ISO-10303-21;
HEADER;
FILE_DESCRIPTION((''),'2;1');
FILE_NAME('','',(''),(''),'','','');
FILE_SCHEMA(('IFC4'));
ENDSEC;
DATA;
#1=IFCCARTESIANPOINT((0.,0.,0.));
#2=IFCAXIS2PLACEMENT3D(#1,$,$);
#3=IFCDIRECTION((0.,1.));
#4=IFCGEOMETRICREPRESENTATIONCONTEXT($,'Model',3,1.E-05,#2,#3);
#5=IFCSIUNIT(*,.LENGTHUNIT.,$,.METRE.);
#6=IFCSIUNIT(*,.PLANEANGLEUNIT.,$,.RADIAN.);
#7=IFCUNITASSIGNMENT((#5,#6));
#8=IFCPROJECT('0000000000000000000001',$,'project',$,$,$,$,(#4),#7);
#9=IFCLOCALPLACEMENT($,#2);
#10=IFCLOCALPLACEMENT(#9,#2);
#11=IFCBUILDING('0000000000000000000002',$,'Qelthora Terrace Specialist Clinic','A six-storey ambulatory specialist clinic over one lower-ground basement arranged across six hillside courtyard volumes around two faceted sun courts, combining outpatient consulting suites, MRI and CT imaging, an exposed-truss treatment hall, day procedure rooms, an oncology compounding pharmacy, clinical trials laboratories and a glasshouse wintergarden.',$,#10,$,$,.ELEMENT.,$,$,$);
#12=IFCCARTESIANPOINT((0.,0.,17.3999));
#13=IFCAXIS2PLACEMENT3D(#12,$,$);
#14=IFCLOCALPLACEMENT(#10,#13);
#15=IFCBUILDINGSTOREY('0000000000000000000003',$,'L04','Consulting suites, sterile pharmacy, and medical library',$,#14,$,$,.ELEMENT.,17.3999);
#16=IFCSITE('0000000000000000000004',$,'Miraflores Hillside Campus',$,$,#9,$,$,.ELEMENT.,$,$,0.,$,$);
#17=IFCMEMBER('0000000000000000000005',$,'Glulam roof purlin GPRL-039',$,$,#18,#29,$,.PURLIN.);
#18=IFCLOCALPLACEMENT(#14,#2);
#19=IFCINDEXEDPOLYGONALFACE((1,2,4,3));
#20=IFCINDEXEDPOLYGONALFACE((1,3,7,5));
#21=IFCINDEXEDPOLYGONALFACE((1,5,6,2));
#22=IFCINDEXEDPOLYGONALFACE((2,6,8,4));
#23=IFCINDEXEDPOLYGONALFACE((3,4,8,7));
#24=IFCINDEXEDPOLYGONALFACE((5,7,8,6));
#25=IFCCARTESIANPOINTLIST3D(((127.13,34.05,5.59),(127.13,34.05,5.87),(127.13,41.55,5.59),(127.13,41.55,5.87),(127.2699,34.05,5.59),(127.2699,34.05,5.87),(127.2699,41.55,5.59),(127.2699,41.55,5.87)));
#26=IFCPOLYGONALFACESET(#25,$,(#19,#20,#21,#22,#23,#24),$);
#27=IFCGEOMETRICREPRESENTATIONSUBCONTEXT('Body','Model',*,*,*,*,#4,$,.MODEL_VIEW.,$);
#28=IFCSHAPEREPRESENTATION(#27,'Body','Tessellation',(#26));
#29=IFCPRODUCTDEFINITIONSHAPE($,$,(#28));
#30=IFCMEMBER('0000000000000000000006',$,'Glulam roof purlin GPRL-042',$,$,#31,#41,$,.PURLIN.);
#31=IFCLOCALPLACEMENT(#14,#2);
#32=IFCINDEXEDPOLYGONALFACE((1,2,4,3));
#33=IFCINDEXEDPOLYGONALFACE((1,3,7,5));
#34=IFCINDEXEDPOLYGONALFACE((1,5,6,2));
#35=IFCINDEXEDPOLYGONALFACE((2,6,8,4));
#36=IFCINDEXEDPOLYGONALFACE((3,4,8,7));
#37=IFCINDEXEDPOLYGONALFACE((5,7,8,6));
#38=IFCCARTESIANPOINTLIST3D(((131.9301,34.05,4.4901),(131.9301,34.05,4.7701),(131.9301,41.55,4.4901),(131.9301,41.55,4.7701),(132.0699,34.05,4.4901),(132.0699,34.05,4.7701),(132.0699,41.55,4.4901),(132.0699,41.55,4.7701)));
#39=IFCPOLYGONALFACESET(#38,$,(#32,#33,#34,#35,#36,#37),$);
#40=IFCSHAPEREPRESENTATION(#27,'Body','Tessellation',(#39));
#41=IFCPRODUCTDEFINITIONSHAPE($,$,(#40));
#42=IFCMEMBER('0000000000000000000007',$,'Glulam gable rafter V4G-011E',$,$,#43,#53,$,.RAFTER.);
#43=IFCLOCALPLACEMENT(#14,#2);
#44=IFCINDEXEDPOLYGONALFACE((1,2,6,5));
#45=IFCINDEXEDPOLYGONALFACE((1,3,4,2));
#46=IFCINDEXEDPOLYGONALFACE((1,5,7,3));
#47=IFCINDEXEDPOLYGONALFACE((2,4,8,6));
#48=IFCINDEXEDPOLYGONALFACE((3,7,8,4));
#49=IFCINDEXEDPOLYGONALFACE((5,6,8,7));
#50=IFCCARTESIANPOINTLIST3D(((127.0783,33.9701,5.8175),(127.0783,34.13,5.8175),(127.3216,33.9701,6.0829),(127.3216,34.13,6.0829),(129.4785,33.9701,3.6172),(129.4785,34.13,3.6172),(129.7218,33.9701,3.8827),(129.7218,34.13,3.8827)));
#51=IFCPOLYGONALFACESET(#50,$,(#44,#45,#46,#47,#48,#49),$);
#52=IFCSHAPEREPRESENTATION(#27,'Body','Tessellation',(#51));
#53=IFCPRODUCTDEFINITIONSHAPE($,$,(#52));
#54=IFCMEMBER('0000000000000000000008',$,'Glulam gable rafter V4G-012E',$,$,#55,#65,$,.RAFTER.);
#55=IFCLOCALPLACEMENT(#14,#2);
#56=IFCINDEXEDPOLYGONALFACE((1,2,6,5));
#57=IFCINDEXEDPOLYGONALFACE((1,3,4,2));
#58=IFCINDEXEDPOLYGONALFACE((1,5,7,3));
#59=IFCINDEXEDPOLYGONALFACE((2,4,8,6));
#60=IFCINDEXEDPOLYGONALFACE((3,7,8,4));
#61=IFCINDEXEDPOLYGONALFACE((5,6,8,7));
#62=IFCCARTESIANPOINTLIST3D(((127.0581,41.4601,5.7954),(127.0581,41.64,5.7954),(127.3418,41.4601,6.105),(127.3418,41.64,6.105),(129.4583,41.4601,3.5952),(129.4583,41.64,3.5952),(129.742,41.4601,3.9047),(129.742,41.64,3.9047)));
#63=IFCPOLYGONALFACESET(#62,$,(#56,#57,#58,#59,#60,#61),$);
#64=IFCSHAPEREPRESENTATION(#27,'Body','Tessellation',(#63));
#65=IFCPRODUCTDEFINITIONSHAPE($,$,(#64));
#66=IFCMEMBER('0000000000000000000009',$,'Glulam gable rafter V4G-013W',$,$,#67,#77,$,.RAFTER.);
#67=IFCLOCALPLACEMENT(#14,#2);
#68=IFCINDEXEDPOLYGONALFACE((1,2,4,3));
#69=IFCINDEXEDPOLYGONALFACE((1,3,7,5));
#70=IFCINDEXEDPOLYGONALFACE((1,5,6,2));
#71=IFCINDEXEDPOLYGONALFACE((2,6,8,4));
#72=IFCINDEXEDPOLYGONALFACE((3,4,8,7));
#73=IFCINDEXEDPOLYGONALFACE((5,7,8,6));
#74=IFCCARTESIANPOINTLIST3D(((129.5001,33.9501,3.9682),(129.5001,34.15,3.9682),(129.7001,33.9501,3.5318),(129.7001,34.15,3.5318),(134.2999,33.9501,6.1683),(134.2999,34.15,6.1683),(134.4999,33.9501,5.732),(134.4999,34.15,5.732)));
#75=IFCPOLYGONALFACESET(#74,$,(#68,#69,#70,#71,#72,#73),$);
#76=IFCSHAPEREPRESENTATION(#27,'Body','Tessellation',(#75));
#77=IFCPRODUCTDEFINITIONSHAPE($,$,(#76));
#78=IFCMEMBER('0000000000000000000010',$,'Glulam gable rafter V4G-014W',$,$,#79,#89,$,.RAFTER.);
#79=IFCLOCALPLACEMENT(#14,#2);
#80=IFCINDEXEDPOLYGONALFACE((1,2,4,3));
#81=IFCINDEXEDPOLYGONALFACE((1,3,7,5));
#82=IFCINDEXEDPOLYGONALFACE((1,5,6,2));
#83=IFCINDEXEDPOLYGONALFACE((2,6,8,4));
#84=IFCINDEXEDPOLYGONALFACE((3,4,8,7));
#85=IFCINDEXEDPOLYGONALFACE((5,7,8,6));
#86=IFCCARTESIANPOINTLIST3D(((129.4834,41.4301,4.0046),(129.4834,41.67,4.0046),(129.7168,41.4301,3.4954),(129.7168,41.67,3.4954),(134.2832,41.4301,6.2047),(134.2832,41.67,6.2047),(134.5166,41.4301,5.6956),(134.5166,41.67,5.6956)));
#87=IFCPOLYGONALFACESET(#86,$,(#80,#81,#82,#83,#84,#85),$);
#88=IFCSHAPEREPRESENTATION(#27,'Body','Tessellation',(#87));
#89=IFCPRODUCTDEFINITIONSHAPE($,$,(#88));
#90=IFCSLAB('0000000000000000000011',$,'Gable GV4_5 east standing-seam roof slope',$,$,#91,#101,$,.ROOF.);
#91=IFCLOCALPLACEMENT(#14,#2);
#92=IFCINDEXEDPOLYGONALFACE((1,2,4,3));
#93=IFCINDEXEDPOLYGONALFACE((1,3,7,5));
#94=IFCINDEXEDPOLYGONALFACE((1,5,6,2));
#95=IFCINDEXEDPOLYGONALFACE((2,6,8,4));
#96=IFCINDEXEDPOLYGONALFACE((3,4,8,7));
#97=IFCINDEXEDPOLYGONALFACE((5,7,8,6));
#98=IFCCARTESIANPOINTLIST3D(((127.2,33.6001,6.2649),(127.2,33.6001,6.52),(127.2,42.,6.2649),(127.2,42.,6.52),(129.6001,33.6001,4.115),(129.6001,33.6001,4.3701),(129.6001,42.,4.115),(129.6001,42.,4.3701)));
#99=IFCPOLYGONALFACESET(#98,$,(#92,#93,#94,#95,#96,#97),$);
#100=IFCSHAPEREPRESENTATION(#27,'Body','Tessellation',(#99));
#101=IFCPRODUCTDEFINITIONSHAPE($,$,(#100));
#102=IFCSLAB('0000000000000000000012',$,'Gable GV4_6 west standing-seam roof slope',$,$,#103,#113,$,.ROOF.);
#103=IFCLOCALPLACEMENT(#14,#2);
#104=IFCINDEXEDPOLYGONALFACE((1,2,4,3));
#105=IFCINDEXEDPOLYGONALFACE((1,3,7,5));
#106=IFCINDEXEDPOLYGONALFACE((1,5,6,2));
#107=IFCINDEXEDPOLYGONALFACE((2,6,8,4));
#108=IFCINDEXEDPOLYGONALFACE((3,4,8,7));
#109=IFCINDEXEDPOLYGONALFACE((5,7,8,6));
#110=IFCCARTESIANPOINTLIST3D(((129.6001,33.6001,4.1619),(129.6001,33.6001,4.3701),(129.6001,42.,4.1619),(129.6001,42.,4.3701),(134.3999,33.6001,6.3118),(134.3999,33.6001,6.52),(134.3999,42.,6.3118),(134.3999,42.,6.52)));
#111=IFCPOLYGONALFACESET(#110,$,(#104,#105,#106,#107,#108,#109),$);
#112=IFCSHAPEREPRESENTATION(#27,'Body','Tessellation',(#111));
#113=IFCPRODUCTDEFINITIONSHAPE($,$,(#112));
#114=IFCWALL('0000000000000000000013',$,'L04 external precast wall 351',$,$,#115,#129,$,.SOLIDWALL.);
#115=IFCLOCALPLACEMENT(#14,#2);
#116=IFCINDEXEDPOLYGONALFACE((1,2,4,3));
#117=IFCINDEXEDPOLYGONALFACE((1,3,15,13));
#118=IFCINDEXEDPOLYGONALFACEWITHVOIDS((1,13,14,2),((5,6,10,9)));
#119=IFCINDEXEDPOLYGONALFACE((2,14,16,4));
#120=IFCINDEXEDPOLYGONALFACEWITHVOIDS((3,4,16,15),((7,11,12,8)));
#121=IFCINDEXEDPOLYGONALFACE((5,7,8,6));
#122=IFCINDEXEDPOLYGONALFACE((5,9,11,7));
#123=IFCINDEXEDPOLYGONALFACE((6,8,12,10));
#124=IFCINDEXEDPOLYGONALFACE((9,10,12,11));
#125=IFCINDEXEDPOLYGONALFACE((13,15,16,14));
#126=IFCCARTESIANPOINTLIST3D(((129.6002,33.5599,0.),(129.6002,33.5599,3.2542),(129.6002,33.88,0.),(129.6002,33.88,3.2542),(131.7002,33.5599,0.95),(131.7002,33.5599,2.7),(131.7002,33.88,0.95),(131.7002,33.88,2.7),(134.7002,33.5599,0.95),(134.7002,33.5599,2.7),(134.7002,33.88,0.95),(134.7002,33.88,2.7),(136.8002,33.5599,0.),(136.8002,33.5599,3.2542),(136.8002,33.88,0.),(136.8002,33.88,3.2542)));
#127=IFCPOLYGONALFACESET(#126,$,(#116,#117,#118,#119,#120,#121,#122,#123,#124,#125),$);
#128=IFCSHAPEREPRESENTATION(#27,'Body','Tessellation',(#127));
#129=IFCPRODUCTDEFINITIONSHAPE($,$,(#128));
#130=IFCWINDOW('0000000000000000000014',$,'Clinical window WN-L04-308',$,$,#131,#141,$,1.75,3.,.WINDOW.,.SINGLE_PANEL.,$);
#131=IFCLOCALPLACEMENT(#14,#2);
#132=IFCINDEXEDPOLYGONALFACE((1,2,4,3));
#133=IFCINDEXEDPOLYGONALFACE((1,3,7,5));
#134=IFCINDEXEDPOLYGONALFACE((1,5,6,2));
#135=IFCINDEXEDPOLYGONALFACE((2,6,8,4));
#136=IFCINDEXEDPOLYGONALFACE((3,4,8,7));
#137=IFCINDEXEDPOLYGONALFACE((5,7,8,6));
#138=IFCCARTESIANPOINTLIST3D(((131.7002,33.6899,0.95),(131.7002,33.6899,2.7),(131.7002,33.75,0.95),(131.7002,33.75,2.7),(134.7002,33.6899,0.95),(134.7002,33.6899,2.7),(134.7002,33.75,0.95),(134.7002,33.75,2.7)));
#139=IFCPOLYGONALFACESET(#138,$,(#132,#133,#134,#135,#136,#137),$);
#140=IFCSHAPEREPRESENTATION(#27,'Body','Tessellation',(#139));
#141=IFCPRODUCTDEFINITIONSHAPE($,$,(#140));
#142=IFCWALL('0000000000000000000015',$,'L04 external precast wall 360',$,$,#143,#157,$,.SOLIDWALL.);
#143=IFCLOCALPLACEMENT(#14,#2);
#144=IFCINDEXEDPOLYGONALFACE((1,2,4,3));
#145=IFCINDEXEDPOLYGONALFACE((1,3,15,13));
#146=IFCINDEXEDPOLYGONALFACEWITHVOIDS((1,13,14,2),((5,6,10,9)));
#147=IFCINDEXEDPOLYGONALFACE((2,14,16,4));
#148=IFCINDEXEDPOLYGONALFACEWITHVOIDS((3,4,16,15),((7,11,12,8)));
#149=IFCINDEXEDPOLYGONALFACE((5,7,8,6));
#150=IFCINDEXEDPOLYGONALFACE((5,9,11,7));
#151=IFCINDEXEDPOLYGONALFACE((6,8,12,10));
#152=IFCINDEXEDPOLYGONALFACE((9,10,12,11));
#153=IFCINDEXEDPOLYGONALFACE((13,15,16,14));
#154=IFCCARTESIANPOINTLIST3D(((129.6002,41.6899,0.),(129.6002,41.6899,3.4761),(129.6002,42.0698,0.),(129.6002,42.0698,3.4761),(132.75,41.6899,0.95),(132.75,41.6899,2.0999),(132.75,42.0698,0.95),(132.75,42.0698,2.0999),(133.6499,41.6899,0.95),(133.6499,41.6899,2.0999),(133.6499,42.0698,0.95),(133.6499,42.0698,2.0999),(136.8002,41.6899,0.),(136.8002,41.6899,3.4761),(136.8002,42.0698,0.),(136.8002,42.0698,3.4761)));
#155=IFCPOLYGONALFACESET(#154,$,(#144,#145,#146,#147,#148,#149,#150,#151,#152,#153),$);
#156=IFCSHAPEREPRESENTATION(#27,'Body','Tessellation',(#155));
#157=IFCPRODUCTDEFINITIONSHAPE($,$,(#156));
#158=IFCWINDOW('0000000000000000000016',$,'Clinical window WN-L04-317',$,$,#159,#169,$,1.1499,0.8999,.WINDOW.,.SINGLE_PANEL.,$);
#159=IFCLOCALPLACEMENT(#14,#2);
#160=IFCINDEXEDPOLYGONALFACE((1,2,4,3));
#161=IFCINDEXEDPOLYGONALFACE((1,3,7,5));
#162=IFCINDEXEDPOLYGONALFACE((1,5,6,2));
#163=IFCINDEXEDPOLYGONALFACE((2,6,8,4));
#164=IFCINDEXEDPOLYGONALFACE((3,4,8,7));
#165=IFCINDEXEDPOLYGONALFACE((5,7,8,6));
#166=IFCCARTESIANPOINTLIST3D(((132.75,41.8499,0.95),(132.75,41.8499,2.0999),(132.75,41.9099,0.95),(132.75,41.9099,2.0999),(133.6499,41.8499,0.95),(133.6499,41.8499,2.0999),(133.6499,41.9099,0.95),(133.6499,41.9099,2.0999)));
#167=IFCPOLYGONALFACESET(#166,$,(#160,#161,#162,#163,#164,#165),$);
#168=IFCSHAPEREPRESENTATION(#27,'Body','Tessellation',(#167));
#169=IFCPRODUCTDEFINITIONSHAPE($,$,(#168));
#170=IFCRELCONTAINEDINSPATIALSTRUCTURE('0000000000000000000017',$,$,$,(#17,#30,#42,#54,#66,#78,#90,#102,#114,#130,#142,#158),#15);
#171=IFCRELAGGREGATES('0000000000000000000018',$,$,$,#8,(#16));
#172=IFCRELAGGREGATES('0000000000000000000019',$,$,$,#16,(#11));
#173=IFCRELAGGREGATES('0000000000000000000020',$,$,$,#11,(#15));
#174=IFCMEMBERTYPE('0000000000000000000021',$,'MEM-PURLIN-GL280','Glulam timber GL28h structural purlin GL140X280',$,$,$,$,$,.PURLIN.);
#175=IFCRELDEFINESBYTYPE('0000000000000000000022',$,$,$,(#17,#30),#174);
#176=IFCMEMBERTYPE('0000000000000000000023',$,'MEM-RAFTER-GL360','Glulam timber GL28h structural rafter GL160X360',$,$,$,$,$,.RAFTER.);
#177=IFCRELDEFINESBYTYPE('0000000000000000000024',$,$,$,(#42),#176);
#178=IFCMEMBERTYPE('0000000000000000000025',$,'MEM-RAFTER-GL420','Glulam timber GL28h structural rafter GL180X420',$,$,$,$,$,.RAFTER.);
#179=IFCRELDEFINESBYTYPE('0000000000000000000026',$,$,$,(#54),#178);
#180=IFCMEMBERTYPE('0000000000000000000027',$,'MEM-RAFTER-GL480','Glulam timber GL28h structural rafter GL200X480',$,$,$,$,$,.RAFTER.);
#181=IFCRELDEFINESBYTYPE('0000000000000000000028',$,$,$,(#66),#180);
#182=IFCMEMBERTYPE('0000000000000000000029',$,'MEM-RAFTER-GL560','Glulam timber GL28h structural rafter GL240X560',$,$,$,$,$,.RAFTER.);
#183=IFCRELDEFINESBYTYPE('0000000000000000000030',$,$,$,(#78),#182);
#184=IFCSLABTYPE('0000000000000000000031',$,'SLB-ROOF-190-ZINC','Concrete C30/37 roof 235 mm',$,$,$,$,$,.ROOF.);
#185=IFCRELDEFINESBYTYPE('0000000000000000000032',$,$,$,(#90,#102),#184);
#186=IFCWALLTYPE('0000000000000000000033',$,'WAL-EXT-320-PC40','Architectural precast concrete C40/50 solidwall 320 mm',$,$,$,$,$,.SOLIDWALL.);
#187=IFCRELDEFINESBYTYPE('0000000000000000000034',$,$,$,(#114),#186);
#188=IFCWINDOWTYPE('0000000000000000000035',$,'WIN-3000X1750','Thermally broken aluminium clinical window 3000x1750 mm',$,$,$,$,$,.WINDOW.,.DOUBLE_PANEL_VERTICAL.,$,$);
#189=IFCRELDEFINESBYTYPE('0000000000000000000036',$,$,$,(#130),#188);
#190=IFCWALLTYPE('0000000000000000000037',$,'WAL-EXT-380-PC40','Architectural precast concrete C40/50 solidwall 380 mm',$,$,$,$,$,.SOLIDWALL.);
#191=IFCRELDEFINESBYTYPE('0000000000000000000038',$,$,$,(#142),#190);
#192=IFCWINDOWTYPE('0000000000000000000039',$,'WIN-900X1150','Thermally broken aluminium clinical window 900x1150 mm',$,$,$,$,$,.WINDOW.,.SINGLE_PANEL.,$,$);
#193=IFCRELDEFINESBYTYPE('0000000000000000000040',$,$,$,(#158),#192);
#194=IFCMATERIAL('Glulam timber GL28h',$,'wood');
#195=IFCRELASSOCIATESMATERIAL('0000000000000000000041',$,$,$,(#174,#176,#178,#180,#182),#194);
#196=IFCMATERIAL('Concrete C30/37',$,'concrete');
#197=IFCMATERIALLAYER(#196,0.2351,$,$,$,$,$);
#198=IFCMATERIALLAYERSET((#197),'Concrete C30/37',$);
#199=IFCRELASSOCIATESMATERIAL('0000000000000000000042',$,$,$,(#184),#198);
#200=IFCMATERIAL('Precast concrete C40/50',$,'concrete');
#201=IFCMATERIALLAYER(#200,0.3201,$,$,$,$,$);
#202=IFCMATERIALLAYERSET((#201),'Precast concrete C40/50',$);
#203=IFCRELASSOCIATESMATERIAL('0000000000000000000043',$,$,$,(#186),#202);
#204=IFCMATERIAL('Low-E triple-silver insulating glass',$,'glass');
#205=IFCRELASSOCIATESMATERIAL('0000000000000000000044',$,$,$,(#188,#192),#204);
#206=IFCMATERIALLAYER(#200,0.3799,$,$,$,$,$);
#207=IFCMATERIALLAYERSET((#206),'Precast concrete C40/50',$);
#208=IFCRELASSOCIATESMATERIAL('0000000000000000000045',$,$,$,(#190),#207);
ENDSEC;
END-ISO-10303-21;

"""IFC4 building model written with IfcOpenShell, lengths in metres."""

from ifc_helpers import new_model, si_unit, direction, frame, frame_2d, origin, origin_2d, place, context, subcontext, project, spatial, polyline, rectangle, outline, extrude, material, layer, layer_set, material_profile, profile_set, type_object, element, fill, save


model = new_model("IFC4")

# Units and contexts
model_context = context("Model", 3, precision=1e-05, world=origin(), true_north=direction((0.0, 1.0)))
body_context = subcontext(model_context, "Body", "Model", "MODEL_VIEW")
ifc_project = project(units=[si_unit("LENGTHUNIT", "METRE"), si_unit("PLANEANGLEUNIT", "RADIAN")], contexts=[model_context])

# Site, building, storey
site_placement = place(None, origin())
site = spatial("IfcSite", under=ifc_project, at=site_placement, Name="Miraflores Hillside Campus", CompositionType="ELEMENT", RefElevation=0.0)
building_placement = place(site_placement, origin())
building = spatial("IfcBuilding", under=site, at=building_placement, Name="Qelthora Terrace Specialist Clinic", Description="A six-storey ambulatory specialist clinic over one lower-ground basement arranged across six hillside courtyard volumes around two faceted sun courts, combining outpatient consulting suites, MRI and CT imaging, an exposed-truss treatment hall, day procedure rooms, an oncology compounding pharmacy, clinical trials laboratories and a glasshouse wintergarden.", CompositionType="ELEMENT")
storey_placement = place(building_placement, frame((0.0, 0.0, 17.3999)))
storey = spatial("IfcBuildingStorey", under=building, at=storey_placement, Name="L04", Description="Consulting suites, sterile pharmacy, and medical library", CompositionType="ELEMENT", Elevation=17.3999)

# Members
ifc_material_1 = material(Name="Glulam timber GL28h", Category="wood")
ifc_material_profile_1 = material_profile(ifc_material_1, rectangle(XDim=0.1399, YDim=0.28, at=origin_2d()), Name="GL140X280")
ifc_profile_set_1 = profile_set([ifc_material_profile_1], Name="Glulam timber GL28h")
member_type_1 = type_object("IfcMemberType", Name="MEM-PURLIN-GL280", Description="Glulam timber GL28h structural purlin GL140X280", PredefinedType="PURLIN", material=ifc_profile_set_1)
for number, where, z_axis, x_axis, name in (
    (1, (127.2, 34.05, 5.73), (0.0, 1.0, 0.0), (-1.0, 0.0, 0.0), "Glulam roof purlin GPRL-039"),
    (2, (132.0, 34.05, 4.6301), (0.0, 1.0, 0.0), (-1.0, 0.0, 0.0), "Glulam roof purlin GPRL-042"),
):
    element("IfcMember", number, at=place(storey_placement, frame(where, z_axis=z_axis, x_axis=x_axis)), inside=storey, type_object=member_type_1, Name=name, PredefinedType="PURLIN", context=body_context, shape_type="SweptSolid", body=[
        extrude(rectangle(XDim=0.1399, YDim=0.28, at=origin_2d()), origin(), (0.0, 0.0, 1.0), 7.5),
    ])
ifc_material_profile_2 = material_profile(ifc_material_1, rectangle(XDim=0.1599, YDim=0.3601, at=origin_2d()), Name="GL160X360")
ifc_profile_set_2 = profile_set([ifc_material_profile_2], Name="Glulam timber GL28h")
member_type_2 = type_object("IfcMemberType", Name="MEM-RAFTER-GL360", Description="Glulam timber GL28h structural rafter GL160X360", PredefinedType="RAFTER", material=ifc_profile_set_2)
member_1_placement = place(storey_placement, frame((127.2, 34.05, 5.9502), z_axis=(0.737145, 0.0, -0.675735), x_axis=(0.0, 1.0, 0.0)))
element("IfcMember", 3, at=member_1_placement, inside=storey, type_object=member_type_2, Name="Glulam gable rafter V4G-011E", PredefinedType="RAFTER", context=body_context, shape_type="SweptSolid", body=[
    extrude(rectangle(XDim=0.1599, YDim=0.3601, at=origin_2d()), origin(), (0.0, 0.0, 1.0), 3.2561),
])
ifc_material_profile_3 = material_profile(ifc_material_1, rectangle(XDim=0.1799, YDim=0.4199, at=origin_2d()), Name="GL180X420")
ifc_profile_set_3 = profile_set([ifc_material_profile_3], Name="Glulam timber GL28h")
member_type_3 = type_object("IfcMemberType", Name="MEM-RAFTER-GL420", Description="Glulam timber GL28h structural rafter GL180X420", PredefinedType="RAFTER", material=ifc_profile_set_3)
member_2_placement = place(storey_placement, frame((127.2, 41.55, 5.9502), z_axis=(0.737145, 0.0, -0.675735), x_axis=(0.0, 1.0, 0.0)))
element("IfcMember", 4, at=member_2_placement, inside=storey, type_object=member_type_3, Name="Glulam gable rafter V4G-012E", PredefinedType="RAFTER", context=body_context, shape_type="SweptSolid", body=[
    extrude(rectangle(XDim=0.1799, YDim=0.4199, at=origin_2d()), origin(), (0.0, 0.0, 1.0), 3.2561),
])
ifc_material_profile_4 = material_profile(ifc_material_1, rectangle(XDim=0.2, YDim=0.48, at=origin_2d()), Name="GL200X480")
ifc_profile_set_4 = profile_set([ifc_material_profile_4], Name="Glulam timber GL28h")
member_type_4 = type_object("IfcMemberType", Name="MEM-RAFTER-GL480", Description="Glulam timber GL28h structural rafter GL200X480", PredefinedType="RAFTER", material=ifc_profile_set_4)
member_3_placement = place(storey_placement, frame((129.6001, 34.05, 3.75), z_axis=(0.909044, 0.0, 0.416699), x_axis=(0.0, 1.0, 0.0)))
element("IfcMember", 5, at=member_3_placement, inside=storey, type_object=member_type_4, Name="Glulam gable rafter V4G-013W", PredefinedType="RAFTER", context=body_context, shape_type="SweptSolid", body=[
    extrude(rectangle(XDim=0.2, YDim=0.48, at=origin_2d()), origin(), (0.0, 0.0, 1.0), 5.28),
])
ifc_material_profile_5 = material_profile(ifc_material_1, rectangle(XDim=0.24, YDim=0.5601, at=origin_2d()), Name="GL240X560")
ifc_profile_set_5 = profile_set([ifc_material_profile_5], Name="Glulam timber GL28h")
member_type_5 = type_object("IfcMemberType", Name="MEM-RAFTER-GL560", Description="Glulam timber GL28h structural rafter GL240X560", PredefinedType="RAFTER", material=ifc_profile_set_5)
member_4_placement = place(storey_placement, frame((129.6001, 41.55, 3.75), z_axis=(0.909044, 0.0, 0.416699), x_axis=(0.0, 1.0, 0.0)))
element("IfcMember", 6, at=member_4_placement, inside=storey, type_object=member_type_5, Name="Glulam gable rafter V4G-014W", PredefinedType="RAFTER", context=body_context, shape_type="SweptSolid", body=[
    extrude(rectangle(XDim=0.24, YDim=0.5601, at=origin_2d()), origin(), (0.0, 0.0, 1.0), 5.28),
])

# Slabs
ifc_material_2 = material(Name="Concrete C30/37", Category="concrete")
ifc_layer_1 = layer(ifc_material_2, 0.2351)
ifc_layer_set_1 = layer_set([ifc_layer_1], Name="Concrete C30/37")
slab_type = type_object("IfcSlabType", Name="SLB-ROOF-190-ZINC", Description="Concrete C30/37 roof 235 mm", PredefinedType="ROOF", material=ifc_layer_set_1)
slab_1_placement = place(storey_placement, frame((127.2, 33.6001, 6.2649), z_axis=(0.667209, 0.0, 0.744871), x_axis=(0.744871, 0.0, -0.667209)))
element("IfcSlab", 7, at=slab_1_placement, inside=storey, type_object=slab_type, Name="Gable GV4_5 east standing-seam roof slope", PredefinedType="ROOF", context=body_context, shape_type="SweptSolid", body=[
    extrude(outline(polyline([(0.0, 0.0), (3.2222, 0.0), (3.2222, 8.3999), (0.0, 8.3999), (0.0, 0.0)])), origin(), (-0.667209, 0.0, 0.744871), 0.2551),
])
slab_2_placement = place(storey_placement, frame((129.6001, 33.6001, 4.1619), z_axis=(-0.408781, 0.0, 0.912632), x_axis=(0.912632, 0.0, 0.408781)))
element("IfcSlab", 8, at=slab_2_placement, inside=storey, type_object=slab_type, Name="Gable GV4_6 west standing-seam roof slope", PredefinedType="ROOF", context=body_context, shape_type="SweptSolid", body=[
    extrude(outline(polyline([(0.0, 0.0), (5.2593, 0.0), (5.2593, 8.3999), (0.0, 8.3999), (0.0, 0.0)])), origin(), (0.408781, 0.0, 0.912632), 0.2083),
])

# Walls, openings, windows
ifc_material_3 = material(Name="Precast concrete C40/50", Category="concrete")
ifc_layer_2 = layer(ifc_material_3, 0.3201)
ifc_layer_set_2 = layer_set([ifc_layer_2], Name="Precast concrete C40/50")
wall_type_1 = type_object("IfcWallType", Name="WAL-EXT-320-PC40", Description="Architectural precast concrete C40/50 solidwall 320 mm", PredefinedType="SOLIDWALL", material=ifc_layer_set_2)
wall_1_placement = place(storey_placement, frame((129.6001, 33.72, 0.0), z_axis=(0.0, 0.0, 1.0), x_axis=(1.0, 0.0, 0.0)))
wall_1 = element("IfcWall", 9, at=wall_1_placement, inside=storey, type_object=wall_type_1, Name="L04 external precast wall 351", PredefinedType="SOLIDWALL", context=body_context, shape_type="SweptSolid", body=[
    extrude(rectangle(XDim=7.2, YDim=0.3201, at=frame_2d((3.6001, 0.0))), origin(), (0.0, 0.0, 1.0), 3.2542),
])
opening_1_placement = place(wall_1_placement, frame((2.1001, 0.0, 0.95)))
opening_1 = element("IfcOpeningElement", 10, at=opening_1_placement, cuts=wall_1, PredefinedType="OPENING", context=body_context, shape_type="SweptSolid", body=[
    extrude(rectangle(XDim=3.0, YDim=1.75, at=frame_2d((1.5, 0.875))), frame((0.0, 0.1699, 0.0), z_axis=(0.0, -1.0, 0.0), x_axis=(1.0, 0.0, 0.0)), (0.0, 0.0, 1.0), 0.3401),
])
ifc_material_4 = material(Name="Low-E triple-silver insulating glass", Category="glass")
window_type_1 = type_object("IfcWindowType", Name="WIN-3000X1750", Description="Thermally broken aluminium clinical window 3000x1750 mm", PartitioningType="DOUBLE_PANEL_VERTICAL", PredefinedType="WINDOW", material=ifc_material_4)
window_1_placement = place(opening_1_placement, origin())
window_1 = element("IfcWindow", 11, at=window_1_placement, inside=storey, type_object=window_type_1, Name="Clinical window WN-L04-308", OverallHeight=1.75, OverallWidth=3.0, PartitioningType="SINGLE_PANEL", PredefinedType="WINDOW", context=body_context, shape_type="SweptSolid", body=[
    extrude(rectangle(XDim=3.0, YDim=1.75, at=frame_2d((1.5, 0.875))), frame((0.0, 0.03, 0.0), z_axis=(0.0, -1.0, 0.0), x_axis=(1.0, 0.0, 0.0)), (0.0, 0.0, 1.0), 0.0601),
])
fill(opening_1, window_1)
ifc_layer_3 = layer(ifc_material_3, 0.3799)
ifc_layer_set_3 = layer_set([ifc_layer_3], Name="Precast concrete C40/50")
wall_type_2 = type_object("IfcWallType", Name="WAL-EXT-380-PC40", Description="Architectural precast concrete C40/50 solidwall 380 mm", PredefinedType="SOLIDWALL", material=ifc_layer_set_3)
wall_2_placement = place(storey_placement, frame((129.6001, 41.8799, 0.0), z_axis=(0.0, 0.0, 1.0), x_axis=(1.0, 0.0, 0.0)))
wall_2 = element("IfcWall", 12, at=wall_2_placement, inside=storey, type_object=wall_type_2, Name="L04 external precast wall 360", PredefinedType="SOLIDWALL", context=body_context, shape_type="SweptSolid", body=[
    extrude(rectangle(XDim=7.2, YDim=0.3799, at=frame_2d((3.6001, 0.0))), origin(), (0.0, 0.0, 1.0), 3.4761),
])
opening_2_placement = place(wall_2_placement, frame((3.1499, 0.0, 0.95)))
opening_2 = element("IfcOpeningElement", 13, at=opening_2_placement, cuts=wall_2, PredefinedType="OPENING", context=body_context, shape_type="SweptSolid", body=[
    extrude(rectangle(XDim=0.8999, YDim=1.1499, at=frame_2d((0.45, 0.575))), frame((0.0, 0.2, 0.0), z_axis=(0.0, -1.0, 0.0), x_axis=(1.0, 0.0, 0.0)), (0.0, 0.0, 1.0), 0.3999),
])
window_type_2 = type_object("IfcWindowType", Name="WIN-900X1150", Description="Thermally broken aluminium clinical window 900x1150 mm", PartitioningType="SINGLE_PANEL", PredefinedType="WINDOW", material=ifc_material_4)
window_2_placement = place(opening_2_placement, origin())
window_2 = element("IfcWindow", 14, at=window_2_placement, inside=storey, type_object=window_type_2, Name="Clinical window WN-L04-317", OverallHeight=1.1499, OverallWidth=0.8999, PartitioningType="SINGLE_PANEL", PredefinedType="WINDOW", context=body_context, shape_type="SweptSolid", body=[
    extrude(rectangle(XDim=0.8999, YDim=1.1499, at=frame_2d((0.45, 0.575))), frame((0.0, 0.03, 0.0), z_axis=(0.0, -1.0, 0.0), x_axis=(1.0, 0.0, 0.0)), (0.0, 0.0, 1.0), 0.0601),
])
fill(opening_2, window_2)

save(model, "model.ifc")
